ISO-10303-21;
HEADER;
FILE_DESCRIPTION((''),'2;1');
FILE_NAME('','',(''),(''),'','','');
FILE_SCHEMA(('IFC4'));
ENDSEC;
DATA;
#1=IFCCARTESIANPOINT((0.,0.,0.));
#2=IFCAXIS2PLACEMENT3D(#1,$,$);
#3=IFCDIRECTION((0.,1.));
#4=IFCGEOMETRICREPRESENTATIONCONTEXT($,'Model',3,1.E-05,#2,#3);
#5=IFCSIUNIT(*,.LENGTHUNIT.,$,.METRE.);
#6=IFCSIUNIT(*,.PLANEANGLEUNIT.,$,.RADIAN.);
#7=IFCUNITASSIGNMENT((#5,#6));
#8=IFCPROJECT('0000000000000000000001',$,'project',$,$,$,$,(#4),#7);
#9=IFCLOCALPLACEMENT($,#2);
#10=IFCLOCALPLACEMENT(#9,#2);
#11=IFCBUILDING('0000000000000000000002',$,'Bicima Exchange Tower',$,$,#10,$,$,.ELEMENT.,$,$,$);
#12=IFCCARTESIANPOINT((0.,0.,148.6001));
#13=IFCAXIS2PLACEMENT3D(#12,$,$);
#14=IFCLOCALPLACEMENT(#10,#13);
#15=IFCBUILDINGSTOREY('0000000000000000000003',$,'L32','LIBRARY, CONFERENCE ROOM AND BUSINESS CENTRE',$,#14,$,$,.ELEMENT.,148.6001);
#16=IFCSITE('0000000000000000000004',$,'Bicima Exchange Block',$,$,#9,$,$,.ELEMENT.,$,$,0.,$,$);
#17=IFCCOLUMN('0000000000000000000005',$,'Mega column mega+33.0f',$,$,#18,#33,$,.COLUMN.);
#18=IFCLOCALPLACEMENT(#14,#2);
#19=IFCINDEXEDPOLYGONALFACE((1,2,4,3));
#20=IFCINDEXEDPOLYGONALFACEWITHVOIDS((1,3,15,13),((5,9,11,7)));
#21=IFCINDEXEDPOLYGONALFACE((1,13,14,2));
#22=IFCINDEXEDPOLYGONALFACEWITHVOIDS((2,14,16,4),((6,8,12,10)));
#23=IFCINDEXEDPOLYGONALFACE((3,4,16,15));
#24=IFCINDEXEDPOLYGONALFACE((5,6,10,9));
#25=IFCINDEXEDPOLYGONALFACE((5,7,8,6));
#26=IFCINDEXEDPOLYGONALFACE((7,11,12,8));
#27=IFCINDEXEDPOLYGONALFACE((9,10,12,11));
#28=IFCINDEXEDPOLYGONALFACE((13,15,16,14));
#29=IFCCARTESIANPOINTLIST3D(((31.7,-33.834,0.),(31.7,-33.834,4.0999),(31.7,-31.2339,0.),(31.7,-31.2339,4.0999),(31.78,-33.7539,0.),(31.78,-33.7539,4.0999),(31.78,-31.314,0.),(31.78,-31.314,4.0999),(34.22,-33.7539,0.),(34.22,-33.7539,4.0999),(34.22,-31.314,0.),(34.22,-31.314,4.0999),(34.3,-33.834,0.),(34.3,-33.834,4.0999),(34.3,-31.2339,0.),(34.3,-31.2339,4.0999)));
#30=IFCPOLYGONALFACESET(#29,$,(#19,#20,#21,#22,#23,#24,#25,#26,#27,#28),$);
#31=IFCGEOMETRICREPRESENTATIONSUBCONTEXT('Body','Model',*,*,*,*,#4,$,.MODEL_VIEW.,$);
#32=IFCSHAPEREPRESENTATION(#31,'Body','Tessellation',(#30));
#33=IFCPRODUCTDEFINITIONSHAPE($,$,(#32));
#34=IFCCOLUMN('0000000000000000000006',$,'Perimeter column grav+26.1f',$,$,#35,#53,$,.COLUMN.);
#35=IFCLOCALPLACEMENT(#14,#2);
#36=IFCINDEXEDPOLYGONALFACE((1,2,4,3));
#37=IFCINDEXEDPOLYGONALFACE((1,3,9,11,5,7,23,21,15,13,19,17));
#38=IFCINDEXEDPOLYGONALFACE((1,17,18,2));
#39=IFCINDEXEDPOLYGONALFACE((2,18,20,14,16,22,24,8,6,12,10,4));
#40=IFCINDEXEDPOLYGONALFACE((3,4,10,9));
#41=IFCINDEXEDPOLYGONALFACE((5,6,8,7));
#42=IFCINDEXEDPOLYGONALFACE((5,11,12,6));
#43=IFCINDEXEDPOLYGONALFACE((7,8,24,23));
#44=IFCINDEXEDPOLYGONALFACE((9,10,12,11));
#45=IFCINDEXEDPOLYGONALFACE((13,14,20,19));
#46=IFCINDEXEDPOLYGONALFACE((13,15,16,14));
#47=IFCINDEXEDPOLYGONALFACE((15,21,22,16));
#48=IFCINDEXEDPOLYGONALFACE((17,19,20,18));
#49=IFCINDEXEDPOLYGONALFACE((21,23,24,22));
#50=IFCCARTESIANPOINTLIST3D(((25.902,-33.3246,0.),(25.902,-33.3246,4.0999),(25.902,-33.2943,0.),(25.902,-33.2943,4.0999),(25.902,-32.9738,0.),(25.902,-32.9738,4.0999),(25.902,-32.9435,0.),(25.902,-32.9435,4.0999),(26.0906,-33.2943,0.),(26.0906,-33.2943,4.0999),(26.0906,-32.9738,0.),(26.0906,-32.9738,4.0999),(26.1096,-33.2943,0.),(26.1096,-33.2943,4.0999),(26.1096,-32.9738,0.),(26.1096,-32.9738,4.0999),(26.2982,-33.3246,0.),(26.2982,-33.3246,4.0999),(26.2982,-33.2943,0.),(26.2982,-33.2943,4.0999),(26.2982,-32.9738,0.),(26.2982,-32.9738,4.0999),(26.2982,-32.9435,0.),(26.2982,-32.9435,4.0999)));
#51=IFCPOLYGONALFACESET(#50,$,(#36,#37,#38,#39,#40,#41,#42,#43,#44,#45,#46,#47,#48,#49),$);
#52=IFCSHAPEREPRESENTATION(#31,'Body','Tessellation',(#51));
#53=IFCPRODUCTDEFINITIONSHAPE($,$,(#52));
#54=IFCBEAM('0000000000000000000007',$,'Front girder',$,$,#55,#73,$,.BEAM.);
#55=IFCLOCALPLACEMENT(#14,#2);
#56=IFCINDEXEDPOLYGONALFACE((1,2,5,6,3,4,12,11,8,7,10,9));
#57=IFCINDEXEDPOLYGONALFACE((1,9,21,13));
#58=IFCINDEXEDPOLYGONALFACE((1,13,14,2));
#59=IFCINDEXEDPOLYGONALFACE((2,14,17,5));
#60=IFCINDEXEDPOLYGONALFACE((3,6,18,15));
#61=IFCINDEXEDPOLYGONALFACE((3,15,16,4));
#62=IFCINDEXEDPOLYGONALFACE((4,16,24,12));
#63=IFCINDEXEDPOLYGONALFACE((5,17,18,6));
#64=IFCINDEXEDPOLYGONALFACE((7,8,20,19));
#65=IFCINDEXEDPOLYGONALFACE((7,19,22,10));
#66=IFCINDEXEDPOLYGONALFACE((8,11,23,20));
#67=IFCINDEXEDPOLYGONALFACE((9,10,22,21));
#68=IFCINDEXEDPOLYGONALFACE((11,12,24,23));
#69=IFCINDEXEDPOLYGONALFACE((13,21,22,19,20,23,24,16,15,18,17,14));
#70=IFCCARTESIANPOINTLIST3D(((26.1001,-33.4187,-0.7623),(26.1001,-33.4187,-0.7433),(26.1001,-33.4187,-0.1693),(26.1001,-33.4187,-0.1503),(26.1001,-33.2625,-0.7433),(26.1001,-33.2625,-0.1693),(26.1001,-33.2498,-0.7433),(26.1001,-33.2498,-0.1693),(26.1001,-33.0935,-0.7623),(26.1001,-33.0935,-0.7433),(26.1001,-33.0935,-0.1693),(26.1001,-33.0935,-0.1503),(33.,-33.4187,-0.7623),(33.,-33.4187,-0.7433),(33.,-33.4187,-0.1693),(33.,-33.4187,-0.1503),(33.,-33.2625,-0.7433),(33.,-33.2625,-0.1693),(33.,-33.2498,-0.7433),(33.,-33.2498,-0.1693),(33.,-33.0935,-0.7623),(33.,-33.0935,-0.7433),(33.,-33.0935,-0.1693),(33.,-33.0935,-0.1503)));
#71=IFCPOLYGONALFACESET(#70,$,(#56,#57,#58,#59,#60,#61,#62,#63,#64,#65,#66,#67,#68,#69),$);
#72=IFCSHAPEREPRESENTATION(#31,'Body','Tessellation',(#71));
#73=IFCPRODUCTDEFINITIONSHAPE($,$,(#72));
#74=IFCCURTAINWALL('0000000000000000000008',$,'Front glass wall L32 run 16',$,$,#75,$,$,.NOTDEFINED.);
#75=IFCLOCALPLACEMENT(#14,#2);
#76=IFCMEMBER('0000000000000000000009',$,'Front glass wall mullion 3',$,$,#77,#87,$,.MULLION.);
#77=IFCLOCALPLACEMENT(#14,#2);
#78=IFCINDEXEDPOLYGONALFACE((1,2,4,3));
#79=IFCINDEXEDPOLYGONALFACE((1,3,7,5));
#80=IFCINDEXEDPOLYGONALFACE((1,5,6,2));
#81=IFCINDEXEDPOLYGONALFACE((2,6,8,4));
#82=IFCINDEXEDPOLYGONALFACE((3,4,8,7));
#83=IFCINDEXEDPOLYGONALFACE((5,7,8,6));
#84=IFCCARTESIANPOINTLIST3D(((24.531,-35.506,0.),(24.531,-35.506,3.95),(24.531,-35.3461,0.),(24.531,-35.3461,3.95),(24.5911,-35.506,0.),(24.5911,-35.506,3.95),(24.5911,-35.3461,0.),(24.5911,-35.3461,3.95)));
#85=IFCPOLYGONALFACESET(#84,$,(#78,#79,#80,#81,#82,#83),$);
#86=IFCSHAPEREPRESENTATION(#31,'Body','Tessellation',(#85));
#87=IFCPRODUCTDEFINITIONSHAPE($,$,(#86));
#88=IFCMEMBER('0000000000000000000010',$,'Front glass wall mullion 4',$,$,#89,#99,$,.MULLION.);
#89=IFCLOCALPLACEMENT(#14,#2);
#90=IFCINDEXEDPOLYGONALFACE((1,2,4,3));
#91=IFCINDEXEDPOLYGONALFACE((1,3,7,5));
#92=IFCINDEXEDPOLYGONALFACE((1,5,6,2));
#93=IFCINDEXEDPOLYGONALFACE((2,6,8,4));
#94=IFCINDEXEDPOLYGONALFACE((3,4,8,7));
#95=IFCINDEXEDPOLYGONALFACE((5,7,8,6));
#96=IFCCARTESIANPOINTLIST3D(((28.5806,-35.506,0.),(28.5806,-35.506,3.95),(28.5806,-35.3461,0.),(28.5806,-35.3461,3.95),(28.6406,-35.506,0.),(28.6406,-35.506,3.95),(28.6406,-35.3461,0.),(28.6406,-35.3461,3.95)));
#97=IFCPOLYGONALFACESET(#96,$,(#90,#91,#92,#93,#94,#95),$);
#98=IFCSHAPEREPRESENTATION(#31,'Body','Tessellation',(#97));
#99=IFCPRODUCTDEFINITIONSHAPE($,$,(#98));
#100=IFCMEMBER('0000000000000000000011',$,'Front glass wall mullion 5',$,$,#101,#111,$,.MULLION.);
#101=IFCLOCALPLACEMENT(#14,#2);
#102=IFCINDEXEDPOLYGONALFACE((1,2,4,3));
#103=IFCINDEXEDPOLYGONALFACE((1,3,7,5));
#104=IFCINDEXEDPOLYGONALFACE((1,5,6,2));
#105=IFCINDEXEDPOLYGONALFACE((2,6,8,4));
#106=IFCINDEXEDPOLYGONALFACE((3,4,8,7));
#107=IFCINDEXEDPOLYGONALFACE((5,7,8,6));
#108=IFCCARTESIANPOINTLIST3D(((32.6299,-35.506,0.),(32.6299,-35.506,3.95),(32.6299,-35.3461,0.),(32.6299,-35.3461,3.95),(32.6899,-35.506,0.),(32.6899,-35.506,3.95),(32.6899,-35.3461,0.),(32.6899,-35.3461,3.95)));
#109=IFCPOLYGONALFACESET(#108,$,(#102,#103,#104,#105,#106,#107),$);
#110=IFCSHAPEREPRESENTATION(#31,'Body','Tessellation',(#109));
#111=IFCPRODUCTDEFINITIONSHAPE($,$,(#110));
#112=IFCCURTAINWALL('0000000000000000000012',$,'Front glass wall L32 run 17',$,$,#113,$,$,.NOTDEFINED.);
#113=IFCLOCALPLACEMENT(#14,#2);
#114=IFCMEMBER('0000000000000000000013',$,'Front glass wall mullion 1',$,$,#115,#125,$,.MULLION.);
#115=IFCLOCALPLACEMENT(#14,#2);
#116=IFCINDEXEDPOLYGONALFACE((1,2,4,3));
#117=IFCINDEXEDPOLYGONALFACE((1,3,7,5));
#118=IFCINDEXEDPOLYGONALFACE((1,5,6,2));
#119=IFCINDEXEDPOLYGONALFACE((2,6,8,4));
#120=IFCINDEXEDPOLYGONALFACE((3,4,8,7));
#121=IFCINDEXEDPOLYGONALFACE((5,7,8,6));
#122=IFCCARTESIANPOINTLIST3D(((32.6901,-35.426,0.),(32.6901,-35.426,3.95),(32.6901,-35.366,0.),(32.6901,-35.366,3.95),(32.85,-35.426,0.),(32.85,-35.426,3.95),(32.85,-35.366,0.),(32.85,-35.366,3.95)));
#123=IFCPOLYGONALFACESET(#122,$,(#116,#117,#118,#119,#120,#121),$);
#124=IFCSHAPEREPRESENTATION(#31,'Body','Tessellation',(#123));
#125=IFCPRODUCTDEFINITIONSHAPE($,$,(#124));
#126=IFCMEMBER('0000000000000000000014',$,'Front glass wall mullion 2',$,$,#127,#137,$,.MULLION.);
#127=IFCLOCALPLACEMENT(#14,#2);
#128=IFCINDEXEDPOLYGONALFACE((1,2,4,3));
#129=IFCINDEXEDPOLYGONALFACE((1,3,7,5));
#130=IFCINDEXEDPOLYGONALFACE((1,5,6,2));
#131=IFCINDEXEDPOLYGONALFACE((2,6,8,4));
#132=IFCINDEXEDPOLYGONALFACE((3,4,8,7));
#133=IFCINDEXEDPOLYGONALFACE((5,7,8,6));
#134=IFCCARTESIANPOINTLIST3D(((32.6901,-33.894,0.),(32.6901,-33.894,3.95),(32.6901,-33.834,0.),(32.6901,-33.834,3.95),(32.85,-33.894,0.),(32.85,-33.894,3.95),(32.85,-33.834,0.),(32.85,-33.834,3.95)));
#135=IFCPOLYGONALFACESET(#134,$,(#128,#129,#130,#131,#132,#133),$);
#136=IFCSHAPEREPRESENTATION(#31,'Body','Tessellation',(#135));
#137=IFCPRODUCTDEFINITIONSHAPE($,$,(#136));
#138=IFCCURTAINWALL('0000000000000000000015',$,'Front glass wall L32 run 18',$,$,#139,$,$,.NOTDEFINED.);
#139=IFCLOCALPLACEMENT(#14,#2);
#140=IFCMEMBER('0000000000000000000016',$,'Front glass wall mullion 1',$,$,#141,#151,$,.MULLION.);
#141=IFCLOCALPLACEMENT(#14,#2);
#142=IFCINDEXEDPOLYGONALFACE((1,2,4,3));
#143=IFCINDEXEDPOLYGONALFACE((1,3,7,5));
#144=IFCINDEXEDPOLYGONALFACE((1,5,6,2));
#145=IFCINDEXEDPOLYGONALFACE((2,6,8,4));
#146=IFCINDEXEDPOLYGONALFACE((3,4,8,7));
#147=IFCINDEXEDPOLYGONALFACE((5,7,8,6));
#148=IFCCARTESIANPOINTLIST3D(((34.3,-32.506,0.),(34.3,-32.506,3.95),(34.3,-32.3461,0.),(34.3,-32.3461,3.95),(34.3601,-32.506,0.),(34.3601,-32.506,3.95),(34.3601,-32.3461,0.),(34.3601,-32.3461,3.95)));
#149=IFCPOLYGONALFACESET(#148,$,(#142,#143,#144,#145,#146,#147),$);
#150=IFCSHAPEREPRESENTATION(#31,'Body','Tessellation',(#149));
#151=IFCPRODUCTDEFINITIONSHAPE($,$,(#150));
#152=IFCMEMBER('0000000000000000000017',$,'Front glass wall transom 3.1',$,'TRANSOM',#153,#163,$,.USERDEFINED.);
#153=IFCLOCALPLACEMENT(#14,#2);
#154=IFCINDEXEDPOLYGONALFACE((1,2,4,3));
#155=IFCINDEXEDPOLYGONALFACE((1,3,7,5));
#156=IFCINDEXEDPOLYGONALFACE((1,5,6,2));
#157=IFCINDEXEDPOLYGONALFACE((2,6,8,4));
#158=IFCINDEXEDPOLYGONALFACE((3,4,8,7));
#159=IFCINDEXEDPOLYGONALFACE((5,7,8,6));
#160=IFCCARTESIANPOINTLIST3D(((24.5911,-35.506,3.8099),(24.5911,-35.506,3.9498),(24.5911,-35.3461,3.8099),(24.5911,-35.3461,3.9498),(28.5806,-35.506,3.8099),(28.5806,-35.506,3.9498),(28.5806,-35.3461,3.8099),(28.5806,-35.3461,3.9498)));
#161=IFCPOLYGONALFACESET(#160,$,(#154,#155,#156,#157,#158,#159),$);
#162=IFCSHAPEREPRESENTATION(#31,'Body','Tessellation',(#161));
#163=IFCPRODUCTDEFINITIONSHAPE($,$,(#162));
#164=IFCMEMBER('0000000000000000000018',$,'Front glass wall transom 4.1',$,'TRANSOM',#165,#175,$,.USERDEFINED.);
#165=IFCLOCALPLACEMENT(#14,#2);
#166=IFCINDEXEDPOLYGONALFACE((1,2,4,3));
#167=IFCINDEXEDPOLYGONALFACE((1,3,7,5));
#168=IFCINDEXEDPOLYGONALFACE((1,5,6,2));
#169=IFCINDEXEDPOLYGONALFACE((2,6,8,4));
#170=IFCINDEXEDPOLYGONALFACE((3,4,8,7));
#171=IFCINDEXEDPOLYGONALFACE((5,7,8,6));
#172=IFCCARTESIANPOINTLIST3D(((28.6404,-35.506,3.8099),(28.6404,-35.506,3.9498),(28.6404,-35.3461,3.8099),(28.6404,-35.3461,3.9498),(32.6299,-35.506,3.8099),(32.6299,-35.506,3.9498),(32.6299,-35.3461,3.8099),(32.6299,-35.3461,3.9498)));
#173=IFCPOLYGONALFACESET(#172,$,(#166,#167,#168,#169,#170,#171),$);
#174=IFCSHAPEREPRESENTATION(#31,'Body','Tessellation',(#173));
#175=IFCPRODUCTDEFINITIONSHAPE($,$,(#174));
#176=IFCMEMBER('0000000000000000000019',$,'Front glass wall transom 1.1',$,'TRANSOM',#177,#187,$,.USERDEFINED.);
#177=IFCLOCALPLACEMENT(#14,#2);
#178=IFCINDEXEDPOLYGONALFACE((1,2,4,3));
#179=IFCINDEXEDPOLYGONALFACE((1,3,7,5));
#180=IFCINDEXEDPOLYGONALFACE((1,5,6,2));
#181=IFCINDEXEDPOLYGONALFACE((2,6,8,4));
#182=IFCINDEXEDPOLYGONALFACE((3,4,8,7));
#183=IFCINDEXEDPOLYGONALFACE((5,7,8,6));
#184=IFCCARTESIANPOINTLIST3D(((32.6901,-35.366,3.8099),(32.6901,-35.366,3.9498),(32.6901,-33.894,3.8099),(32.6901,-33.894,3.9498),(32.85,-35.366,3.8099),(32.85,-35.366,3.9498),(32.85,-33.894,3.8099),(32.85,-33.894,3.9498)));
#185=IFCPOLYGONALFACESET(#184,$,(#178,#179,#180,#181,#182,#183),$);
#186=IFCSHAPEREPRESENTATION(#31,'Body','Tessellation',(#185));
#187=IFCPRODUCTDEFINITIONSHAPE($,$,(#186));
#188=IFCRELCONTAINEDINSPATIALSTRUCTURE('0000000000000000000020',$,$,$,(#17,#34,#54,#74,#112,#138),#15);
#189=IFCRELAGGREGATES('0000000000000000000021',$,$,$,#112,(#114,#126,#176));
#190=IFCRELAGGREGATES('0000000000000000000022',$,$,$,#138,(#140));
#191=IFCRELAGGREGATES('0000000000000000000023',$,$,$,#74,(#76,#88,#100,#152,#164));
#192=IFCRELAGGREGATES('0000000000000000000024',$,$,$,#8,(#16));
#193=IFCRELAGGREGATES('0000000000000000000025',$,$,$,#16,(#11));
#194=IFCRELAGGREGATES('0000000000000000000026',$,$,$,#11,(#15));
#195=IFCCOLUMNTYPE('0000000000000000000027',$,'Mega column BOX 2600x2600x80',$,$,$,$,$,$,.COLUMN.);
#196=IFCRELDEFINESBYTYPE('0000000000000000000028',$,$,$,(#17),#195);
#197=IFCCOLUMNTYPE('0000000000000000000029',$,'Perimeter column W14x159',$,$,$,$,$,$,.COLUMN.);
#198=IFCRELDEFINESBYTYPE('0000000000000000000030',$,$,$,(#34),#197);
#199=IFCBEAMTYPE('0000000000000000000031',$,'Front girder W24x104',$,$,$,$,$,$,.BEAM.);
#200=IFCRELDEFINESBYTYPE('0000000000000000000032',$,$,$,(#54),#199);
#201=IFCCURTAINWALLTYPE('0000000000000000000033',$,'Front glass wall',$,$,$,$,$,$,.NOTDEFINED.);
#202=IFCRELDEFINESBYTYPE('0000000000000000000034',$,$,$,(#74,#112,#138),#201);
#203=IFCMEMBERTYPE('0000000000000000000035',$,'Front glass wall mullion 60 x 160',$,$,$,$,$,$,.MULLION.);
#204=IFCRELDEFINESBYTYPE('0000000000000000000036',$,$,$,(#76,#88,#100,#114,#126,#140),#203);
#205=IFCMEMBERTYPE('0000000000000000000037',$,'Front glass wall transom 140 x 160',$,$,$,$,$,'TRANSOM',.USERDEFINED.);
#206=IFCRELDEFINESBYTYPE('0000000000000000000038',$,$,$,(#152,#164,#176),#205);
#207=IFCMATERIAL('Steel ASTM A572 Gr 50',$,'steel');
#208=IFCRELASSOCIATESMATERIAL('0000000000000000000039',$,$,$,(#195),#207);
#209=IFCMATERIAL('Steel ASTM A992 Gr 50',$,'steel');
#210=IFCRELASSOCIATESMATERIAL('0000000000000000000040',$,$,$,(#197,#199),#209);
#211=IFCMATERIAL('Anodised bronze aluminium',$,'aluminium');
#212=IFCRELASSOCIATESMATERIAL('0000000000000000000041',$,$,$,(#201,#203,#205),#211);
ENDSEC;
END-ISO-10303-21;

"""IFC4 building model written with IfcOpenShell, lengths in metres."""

from ifc_helpers import new_model, si_unit, direction, frame, origin, origin_2d, place, context, subcontext, project, spatial, rectangle, hollow_rectangle, i_section, extrude, material, material_profile, profile_set, type_object, element, aggregate, save


model = new_model("IFC4")

# Units and contexts
model_context = context("Model", 3, precision=1e-05, world=origin(), true_north=direction((0.0, 1.0)))
body_context = subcontext(model_context, "Body", "Model", "MODEL_VIEW")
ifc_project = project(units=[si_unit("LENGTHUNIT", "METRE"), si_unit("PLANEANGLEUNIT", "RADIAN")], contexts=[model_context])

# Site, building, storey
site_placement = place(None, origin())
site = spatial("IfcSite", under=ifc_project, at=site_placement, Name="Bicima Exchange Block", CompositionType="ELEMENT", RefElevation=0.0)
building_placement = place(site_placement, origin())
building = spatial("IfcBuilding", under=site, at=building_placement, Name="Bicima Exchange Tower", CompositionType="ELEMENT")
storey_placement = place(building_placement, frame((0.0, 0.0, 148.6001)))
storey = spatial("IfcBuildingStorey", under=building, at=storey_placement, Name="L32", Description="LIBRARY, CONFERENCE ROOM AND BUSINESS CENTRE", CompositionType="ELEMENT", Elevation=148.6001)

# Columns
ifc_material_1 = material(Name="Steel ASTM A572 Gr 50", Category="steel")
ifc_material_profile_1 = material_profile(ifc_material_1, hollow_rectangle(XDim=2.6001, YDim=2.6001, WallThickness=0.0801, at=origin_2d()))
ifc_profile_set_1 = profile_set([ifc_material_profile_1], Name="Steel ASTM A572 Gr 50")
column_type_1 = type_object("IfcColumnType", Name="Mega column BOX 2600x2600x80", PredefinedType="COLUMN", material=ifc_profile_set_1)
column_1_placement = place(storey_placement, frame((33.0, -32.5339, 0.0), z_axis=(0.0, 0.0, 1.0), x_axis=(1.0, 0.0, 0.0)))
element("IfcColumn", 1, at=column_1_placement, inside=storey, type_object=column_type_1, Name="Mega column mega+33.0f", PredefinedType="COLUMN", context=body_context, shape_type="SweptSolid", body=[
    extrude(hollow_rectangle(XDim=2.6001, YDim=2.6001, WallThickness=0.0801, at=origin_2d()), origin(), (0.0, 0.0, 1.0), 4.0999),
])
ifc_material_2 = material(Name="Steel ASTM A992 Gr 50", Category="steel")
ifc_material_profile_2 = material_profile(ifc_material_2, i_section(OverallWidth=0.3962, OverallDepth=0.3811, WebThickness=0.019, FlangeThickness=0.0303, at=origin_2d()))
ifc_profile_set_2 = profile_set([ifc_material_profile_2], Name="Steel ASTM A992 Gr 50")
column_type_2 = type_object("IfcColumnType", Name="Perimeter column W14x159", PredefinedType="COLUMN", material=ifc_profile_set_2)
column_2_placement = place(storey_placement, frame((26.1001, -33.134, 0.0), z_axis=(0.0, 0.0, 1.0), x_axis=(1.0, 0.0, 0.0)))
element("IfcColumn", 2, at=column_2_placement, inside=storey, type_object=column_type_2, Name="Perimeter column grav+26.1f", PredefinedType="COLUMN", context=body_context, shape_type="SweptSolid", body=[
    extrude(i_section(OverallWidth=0.3962, OverallDepth=0.3811, WebThickness=0.019, FlangeThickness=0.0303, at=origin_2d()), origin(), (0.0, 0.0, 1.0), 4.0999),
])

# Beam
ifc_material_profile_3 = material_profile(ifc_material_2, i_section(OverallWidth=0.3252, OverallDepth=0.6121, WebThickness=0.0127, FlangeThickness=0.019, at=origin_2d()))
ifc_profile_set_3 = profile_set([ifc_material_profile_3], Name="Steel ASTM A992 Gr 50")
beam_type = type_object("IfcBeamType", Name="Front girder W24x104", PredefinedType="BEAM", material=ifc_profile_set_3)
beam_placement = place(storey_placement, frame((26.1001, -33.2561, -0.4563), z_axis=(1.0, 0.0, 0.0), x_axis=(0.0, 1.0, 0.0)))
element("IfcBeam", 3, at=beam_placement, inside=storey, type_object=beam_type, Name="Front girder", PredefinedType="BEAM", context=body_context, shape_type="SweptSolid", body=[
    extrude(i_section(OverallWidth=0.3252, OverallDepth=0.6121, WebThickness=0.0127, FlangeThickness=0.019, at=origin_2d()), origin(), (0.0, 0.0, 1.0), 6.8999),
])

# Curtain walls, members
ifc_material_3 = material(Name="Anodised bronze aluminium", Category="aluminium")
curtain_wall_type = type_object("IfcCurtainWallType", Name="Front glass wall", PredefinedType="NOTDEFINED", material=ifc_material_3)
curtain_wall_1_placement = place(storey_placement, origin())
curtain_wall_1 = element("IfcCurtainWall", 4, at=curtain_wall_1_placement, inside=storey, type_object=curtain_wall_type, Name="Front glass wall L32 run 16", PredefinedType="NOTDEFINED")
ifc_material_profile_4 = material_profile(ifc_material_3, rectangle(XDim=0.1599, YDim=0.0601, at=origin_2d()))
ifc_profile_set_4 = profile_set([ifc_material_profile_4], Name="Anodised bronze aluminium")
member_type_1 = type_object("IfcMemberType", Name="Front glass wall mullion 60 x 160", PredefinedType="MULLION", material=ifc_profile_set_4)
member_1_placement = place(storey_placement, frame((24.561, -35.426, 0.0), z_axis=(0.0, 0.0, 1.0), x_axis=(0.0, 1.0, 0.0)))
member_1 = element("IfcMember", 5, at=member_1_placement, type_object=member_type_1, Name="Front glass wall mullion 3", PredefinedType="MULLION", context=body_context, shape_type="SweptSolid", body=[
    extrude(rectangle(XDim=0.1599, YDim=0.0601, at=origin_2d()), origin(), (0.0, 0.0, 1.0), 3.95),
])
member_2_placement = place(storey_placement, frame((28.6106, -35.426, 0.0), z_axis=(0.0, 0.0, 1.0), x_axis=(0.0, 1.0, 0.0)))
member_2 = element("IfcMember", 6, at=member_2_placement, type_object=member_type_1, Name="Front glass wall mullion 4", PredefinedType="MULLION", context=body_context, shape_type="SweptSolid", body=[
    extrude(rectangle(XDim=0.1599, YDim=0.0601, at=origin_2d()), origin(), (0.0, 0.0, 1.0), 3.95),
])
member_3_placement = place(storey_placement, frame((32.6599, -35.426, 0.0), z_axis=(0.0, 0.0, 1.0), x_axis=(0.0, 1.0, 0.0)))
member_3 = element("IfcMember", 7, at=member_3_placement, type_object=member_type_1, Name="Front glass wall mullion 5", PredefinedType="MULLION", context=body_context, shape_type="SweptSolid", body=[
    extrude(rectangle(XDim=0.1599, YDim=0.0601, at=origin_2d()), origin(), (0.0, 0.0, 1.0), 3.95),
])
curtain_wall_2_placement = place(storey_placement, origin())
curtain_wall_2 = element("IfcCurtainWall", 8, at=curtain_wall_2_placement, inside=storey, type_object=curtain_wall_type, Name="Front glass wall L32 run 17", PredefinedType="NOTDEFINED")
member_4_placement = place(storey_placement, frame((32.77, -35.396, 0.0), z_axis=(0.0, 0.0, 1.0), x_axis=(-1.0, 0.0, 0.0)))
member_4 = element("IfcMember", 9, at=member_4_placement, type_object=member_type_1, Name="Front glass wall mullion 1", PredefinedType="MULLION", context=body_context, shape_type="SweptSolid", body=[
    extrude(rectangle(XDim=0.1599, YDim=0.0601, at=origin_2d()), origin(), (0.0, 0.0, 1.0), 3.95),
])
member_5_placement = place(storey_placement, frame((32.77, -33.864, 0.0), z_axis=(0.0, 0.0, 1.0), x_axis=(-1.0, 0.0, 0.0)))
member_5 = element("IfcMember", 10, at=member_5_placement, type_object=member_type_1, Name="Front glass wall mullion 2", PredefinedType="MULLION", context=body_context, shape_type="SweptSolid", body=[
    extrude(rectangle(XDim=0.1599, YDim=0.0601, at=origin_2d()), origin(), (0.0, 0.0, 1.0), 3.95),
])

# Curtain wall, member
curtain_wall_3_placement = place(storey_placement, origin())
curtain_wall_3 = element("IfcCurtainWall", 11, at=curtain_wall_3_placement, inside=storey, type_object=curtain_wall_type, Name="Front glass wall L32 run 18", PredefinedType="NOTDEFINED")
member_6_placement = place(storey_placement, frame((34.3301, -32.426, 0.0), z_axis=(0.0, 0.0, 1.0), x_axis=(0.0, 1.0, 0.0)))
member_6 = element("IfcMember", 12, at=member_6_placement, type_object=member_type_1, Name="Front glass wall mullion 1", PredefinedType="MULLION", context=body_context, shape_type="SweptSolid", body=[
    extrude(rectangle(XDim=0.1599, YDim=0.0601, at=origin_2d()), origin(), (0.0, 0.0, 1.0), 3.95),
])

# Members
ifc_material_profile_5 = material_profile(ifc_material_3, rectangle(XDim=0.1599, YDim=0.1399, at=origin_2d()))
ifc_profile_set_5 = profile_set([ifc_material_profile_5], Name="Anodised bronze aluminium")
member_type_2 = type_object("IfcMemberType", Name="Front glass wall transom 140 x 160", ElementType="TRANSOM", PredefinedType="USERDEFINED", material=ifc_profile_set_5)
member_7_placement = place(storey_placement, frame((24.5911, -35.426, 3.8799), z_axis=(1.0, 0.0, 0.0), x_axis=(0.0, 1.0, 0.0)))
member_7 = element("IfcMember", 13, at=member_7_placement, type_object=member_type_2, Name="Front glass wall transom 3.1", ObjectType="TRANSOM", PredefinedType="USERDEFINED", context=body_context, shape_type="SweptSolid", body=[
    extrude(rectangle(XDim=0.1599, YDim=0.1399, at=origin_2d()), origin(), (0.0, 0.0, 1.0), 3.9895),
])
member_8_placement = place(storey_placement, frame((28.6404, -35.426, 3.8799), z_axis=(1.0, 0.0, 0.0), x_axis=(0.0, 1.0, 0.0)))
member_8 = element("IfcMember", 14, at=member_8_placement, type_object=member_type_2, Name="Front glass wall transom 4.1", ObjectType="TRANSOM", PredefinedType="USERDEFINED", context=body_context, shape_type="SweptSolid", body=[
    extrude(rectangle(XDim=0.1599, YDim=0.1399, at=origin_2d()), origin(), (0.0, 0.0, 1.0), 3.9895),
])
member_9_placement = place(storey_placement, frame((32.77, -35.366, 3.8799), z_axis=(0.0, 1.0, 0.0), x_axis=(-1.0, 0.0, 0.0)))
member_9 = element("IfcMember", 15, at=member_9_placement, type_object=member_type_2, Name="Front glass wall transom 1.1", ObjectType="TRANSOM", PredefinedType="USERDEFINED", context=body_context, shape_type="SweptSolid", body=[
    extrude(rectangle(XDim=0.1599, YDim=0.1399, at=origin_2d()), origin(), (0.0, 0.0, 1.0), 1.4719),
])

aggregate(curtain_wall_2, [member_4, member_5, member_9])
aggregate(curtain_wall_3, [member_6])
aggregate(curtain_wall_1, [member_1, member_2, member_3, member_7, member_8])

save(model, "model.ifc")
